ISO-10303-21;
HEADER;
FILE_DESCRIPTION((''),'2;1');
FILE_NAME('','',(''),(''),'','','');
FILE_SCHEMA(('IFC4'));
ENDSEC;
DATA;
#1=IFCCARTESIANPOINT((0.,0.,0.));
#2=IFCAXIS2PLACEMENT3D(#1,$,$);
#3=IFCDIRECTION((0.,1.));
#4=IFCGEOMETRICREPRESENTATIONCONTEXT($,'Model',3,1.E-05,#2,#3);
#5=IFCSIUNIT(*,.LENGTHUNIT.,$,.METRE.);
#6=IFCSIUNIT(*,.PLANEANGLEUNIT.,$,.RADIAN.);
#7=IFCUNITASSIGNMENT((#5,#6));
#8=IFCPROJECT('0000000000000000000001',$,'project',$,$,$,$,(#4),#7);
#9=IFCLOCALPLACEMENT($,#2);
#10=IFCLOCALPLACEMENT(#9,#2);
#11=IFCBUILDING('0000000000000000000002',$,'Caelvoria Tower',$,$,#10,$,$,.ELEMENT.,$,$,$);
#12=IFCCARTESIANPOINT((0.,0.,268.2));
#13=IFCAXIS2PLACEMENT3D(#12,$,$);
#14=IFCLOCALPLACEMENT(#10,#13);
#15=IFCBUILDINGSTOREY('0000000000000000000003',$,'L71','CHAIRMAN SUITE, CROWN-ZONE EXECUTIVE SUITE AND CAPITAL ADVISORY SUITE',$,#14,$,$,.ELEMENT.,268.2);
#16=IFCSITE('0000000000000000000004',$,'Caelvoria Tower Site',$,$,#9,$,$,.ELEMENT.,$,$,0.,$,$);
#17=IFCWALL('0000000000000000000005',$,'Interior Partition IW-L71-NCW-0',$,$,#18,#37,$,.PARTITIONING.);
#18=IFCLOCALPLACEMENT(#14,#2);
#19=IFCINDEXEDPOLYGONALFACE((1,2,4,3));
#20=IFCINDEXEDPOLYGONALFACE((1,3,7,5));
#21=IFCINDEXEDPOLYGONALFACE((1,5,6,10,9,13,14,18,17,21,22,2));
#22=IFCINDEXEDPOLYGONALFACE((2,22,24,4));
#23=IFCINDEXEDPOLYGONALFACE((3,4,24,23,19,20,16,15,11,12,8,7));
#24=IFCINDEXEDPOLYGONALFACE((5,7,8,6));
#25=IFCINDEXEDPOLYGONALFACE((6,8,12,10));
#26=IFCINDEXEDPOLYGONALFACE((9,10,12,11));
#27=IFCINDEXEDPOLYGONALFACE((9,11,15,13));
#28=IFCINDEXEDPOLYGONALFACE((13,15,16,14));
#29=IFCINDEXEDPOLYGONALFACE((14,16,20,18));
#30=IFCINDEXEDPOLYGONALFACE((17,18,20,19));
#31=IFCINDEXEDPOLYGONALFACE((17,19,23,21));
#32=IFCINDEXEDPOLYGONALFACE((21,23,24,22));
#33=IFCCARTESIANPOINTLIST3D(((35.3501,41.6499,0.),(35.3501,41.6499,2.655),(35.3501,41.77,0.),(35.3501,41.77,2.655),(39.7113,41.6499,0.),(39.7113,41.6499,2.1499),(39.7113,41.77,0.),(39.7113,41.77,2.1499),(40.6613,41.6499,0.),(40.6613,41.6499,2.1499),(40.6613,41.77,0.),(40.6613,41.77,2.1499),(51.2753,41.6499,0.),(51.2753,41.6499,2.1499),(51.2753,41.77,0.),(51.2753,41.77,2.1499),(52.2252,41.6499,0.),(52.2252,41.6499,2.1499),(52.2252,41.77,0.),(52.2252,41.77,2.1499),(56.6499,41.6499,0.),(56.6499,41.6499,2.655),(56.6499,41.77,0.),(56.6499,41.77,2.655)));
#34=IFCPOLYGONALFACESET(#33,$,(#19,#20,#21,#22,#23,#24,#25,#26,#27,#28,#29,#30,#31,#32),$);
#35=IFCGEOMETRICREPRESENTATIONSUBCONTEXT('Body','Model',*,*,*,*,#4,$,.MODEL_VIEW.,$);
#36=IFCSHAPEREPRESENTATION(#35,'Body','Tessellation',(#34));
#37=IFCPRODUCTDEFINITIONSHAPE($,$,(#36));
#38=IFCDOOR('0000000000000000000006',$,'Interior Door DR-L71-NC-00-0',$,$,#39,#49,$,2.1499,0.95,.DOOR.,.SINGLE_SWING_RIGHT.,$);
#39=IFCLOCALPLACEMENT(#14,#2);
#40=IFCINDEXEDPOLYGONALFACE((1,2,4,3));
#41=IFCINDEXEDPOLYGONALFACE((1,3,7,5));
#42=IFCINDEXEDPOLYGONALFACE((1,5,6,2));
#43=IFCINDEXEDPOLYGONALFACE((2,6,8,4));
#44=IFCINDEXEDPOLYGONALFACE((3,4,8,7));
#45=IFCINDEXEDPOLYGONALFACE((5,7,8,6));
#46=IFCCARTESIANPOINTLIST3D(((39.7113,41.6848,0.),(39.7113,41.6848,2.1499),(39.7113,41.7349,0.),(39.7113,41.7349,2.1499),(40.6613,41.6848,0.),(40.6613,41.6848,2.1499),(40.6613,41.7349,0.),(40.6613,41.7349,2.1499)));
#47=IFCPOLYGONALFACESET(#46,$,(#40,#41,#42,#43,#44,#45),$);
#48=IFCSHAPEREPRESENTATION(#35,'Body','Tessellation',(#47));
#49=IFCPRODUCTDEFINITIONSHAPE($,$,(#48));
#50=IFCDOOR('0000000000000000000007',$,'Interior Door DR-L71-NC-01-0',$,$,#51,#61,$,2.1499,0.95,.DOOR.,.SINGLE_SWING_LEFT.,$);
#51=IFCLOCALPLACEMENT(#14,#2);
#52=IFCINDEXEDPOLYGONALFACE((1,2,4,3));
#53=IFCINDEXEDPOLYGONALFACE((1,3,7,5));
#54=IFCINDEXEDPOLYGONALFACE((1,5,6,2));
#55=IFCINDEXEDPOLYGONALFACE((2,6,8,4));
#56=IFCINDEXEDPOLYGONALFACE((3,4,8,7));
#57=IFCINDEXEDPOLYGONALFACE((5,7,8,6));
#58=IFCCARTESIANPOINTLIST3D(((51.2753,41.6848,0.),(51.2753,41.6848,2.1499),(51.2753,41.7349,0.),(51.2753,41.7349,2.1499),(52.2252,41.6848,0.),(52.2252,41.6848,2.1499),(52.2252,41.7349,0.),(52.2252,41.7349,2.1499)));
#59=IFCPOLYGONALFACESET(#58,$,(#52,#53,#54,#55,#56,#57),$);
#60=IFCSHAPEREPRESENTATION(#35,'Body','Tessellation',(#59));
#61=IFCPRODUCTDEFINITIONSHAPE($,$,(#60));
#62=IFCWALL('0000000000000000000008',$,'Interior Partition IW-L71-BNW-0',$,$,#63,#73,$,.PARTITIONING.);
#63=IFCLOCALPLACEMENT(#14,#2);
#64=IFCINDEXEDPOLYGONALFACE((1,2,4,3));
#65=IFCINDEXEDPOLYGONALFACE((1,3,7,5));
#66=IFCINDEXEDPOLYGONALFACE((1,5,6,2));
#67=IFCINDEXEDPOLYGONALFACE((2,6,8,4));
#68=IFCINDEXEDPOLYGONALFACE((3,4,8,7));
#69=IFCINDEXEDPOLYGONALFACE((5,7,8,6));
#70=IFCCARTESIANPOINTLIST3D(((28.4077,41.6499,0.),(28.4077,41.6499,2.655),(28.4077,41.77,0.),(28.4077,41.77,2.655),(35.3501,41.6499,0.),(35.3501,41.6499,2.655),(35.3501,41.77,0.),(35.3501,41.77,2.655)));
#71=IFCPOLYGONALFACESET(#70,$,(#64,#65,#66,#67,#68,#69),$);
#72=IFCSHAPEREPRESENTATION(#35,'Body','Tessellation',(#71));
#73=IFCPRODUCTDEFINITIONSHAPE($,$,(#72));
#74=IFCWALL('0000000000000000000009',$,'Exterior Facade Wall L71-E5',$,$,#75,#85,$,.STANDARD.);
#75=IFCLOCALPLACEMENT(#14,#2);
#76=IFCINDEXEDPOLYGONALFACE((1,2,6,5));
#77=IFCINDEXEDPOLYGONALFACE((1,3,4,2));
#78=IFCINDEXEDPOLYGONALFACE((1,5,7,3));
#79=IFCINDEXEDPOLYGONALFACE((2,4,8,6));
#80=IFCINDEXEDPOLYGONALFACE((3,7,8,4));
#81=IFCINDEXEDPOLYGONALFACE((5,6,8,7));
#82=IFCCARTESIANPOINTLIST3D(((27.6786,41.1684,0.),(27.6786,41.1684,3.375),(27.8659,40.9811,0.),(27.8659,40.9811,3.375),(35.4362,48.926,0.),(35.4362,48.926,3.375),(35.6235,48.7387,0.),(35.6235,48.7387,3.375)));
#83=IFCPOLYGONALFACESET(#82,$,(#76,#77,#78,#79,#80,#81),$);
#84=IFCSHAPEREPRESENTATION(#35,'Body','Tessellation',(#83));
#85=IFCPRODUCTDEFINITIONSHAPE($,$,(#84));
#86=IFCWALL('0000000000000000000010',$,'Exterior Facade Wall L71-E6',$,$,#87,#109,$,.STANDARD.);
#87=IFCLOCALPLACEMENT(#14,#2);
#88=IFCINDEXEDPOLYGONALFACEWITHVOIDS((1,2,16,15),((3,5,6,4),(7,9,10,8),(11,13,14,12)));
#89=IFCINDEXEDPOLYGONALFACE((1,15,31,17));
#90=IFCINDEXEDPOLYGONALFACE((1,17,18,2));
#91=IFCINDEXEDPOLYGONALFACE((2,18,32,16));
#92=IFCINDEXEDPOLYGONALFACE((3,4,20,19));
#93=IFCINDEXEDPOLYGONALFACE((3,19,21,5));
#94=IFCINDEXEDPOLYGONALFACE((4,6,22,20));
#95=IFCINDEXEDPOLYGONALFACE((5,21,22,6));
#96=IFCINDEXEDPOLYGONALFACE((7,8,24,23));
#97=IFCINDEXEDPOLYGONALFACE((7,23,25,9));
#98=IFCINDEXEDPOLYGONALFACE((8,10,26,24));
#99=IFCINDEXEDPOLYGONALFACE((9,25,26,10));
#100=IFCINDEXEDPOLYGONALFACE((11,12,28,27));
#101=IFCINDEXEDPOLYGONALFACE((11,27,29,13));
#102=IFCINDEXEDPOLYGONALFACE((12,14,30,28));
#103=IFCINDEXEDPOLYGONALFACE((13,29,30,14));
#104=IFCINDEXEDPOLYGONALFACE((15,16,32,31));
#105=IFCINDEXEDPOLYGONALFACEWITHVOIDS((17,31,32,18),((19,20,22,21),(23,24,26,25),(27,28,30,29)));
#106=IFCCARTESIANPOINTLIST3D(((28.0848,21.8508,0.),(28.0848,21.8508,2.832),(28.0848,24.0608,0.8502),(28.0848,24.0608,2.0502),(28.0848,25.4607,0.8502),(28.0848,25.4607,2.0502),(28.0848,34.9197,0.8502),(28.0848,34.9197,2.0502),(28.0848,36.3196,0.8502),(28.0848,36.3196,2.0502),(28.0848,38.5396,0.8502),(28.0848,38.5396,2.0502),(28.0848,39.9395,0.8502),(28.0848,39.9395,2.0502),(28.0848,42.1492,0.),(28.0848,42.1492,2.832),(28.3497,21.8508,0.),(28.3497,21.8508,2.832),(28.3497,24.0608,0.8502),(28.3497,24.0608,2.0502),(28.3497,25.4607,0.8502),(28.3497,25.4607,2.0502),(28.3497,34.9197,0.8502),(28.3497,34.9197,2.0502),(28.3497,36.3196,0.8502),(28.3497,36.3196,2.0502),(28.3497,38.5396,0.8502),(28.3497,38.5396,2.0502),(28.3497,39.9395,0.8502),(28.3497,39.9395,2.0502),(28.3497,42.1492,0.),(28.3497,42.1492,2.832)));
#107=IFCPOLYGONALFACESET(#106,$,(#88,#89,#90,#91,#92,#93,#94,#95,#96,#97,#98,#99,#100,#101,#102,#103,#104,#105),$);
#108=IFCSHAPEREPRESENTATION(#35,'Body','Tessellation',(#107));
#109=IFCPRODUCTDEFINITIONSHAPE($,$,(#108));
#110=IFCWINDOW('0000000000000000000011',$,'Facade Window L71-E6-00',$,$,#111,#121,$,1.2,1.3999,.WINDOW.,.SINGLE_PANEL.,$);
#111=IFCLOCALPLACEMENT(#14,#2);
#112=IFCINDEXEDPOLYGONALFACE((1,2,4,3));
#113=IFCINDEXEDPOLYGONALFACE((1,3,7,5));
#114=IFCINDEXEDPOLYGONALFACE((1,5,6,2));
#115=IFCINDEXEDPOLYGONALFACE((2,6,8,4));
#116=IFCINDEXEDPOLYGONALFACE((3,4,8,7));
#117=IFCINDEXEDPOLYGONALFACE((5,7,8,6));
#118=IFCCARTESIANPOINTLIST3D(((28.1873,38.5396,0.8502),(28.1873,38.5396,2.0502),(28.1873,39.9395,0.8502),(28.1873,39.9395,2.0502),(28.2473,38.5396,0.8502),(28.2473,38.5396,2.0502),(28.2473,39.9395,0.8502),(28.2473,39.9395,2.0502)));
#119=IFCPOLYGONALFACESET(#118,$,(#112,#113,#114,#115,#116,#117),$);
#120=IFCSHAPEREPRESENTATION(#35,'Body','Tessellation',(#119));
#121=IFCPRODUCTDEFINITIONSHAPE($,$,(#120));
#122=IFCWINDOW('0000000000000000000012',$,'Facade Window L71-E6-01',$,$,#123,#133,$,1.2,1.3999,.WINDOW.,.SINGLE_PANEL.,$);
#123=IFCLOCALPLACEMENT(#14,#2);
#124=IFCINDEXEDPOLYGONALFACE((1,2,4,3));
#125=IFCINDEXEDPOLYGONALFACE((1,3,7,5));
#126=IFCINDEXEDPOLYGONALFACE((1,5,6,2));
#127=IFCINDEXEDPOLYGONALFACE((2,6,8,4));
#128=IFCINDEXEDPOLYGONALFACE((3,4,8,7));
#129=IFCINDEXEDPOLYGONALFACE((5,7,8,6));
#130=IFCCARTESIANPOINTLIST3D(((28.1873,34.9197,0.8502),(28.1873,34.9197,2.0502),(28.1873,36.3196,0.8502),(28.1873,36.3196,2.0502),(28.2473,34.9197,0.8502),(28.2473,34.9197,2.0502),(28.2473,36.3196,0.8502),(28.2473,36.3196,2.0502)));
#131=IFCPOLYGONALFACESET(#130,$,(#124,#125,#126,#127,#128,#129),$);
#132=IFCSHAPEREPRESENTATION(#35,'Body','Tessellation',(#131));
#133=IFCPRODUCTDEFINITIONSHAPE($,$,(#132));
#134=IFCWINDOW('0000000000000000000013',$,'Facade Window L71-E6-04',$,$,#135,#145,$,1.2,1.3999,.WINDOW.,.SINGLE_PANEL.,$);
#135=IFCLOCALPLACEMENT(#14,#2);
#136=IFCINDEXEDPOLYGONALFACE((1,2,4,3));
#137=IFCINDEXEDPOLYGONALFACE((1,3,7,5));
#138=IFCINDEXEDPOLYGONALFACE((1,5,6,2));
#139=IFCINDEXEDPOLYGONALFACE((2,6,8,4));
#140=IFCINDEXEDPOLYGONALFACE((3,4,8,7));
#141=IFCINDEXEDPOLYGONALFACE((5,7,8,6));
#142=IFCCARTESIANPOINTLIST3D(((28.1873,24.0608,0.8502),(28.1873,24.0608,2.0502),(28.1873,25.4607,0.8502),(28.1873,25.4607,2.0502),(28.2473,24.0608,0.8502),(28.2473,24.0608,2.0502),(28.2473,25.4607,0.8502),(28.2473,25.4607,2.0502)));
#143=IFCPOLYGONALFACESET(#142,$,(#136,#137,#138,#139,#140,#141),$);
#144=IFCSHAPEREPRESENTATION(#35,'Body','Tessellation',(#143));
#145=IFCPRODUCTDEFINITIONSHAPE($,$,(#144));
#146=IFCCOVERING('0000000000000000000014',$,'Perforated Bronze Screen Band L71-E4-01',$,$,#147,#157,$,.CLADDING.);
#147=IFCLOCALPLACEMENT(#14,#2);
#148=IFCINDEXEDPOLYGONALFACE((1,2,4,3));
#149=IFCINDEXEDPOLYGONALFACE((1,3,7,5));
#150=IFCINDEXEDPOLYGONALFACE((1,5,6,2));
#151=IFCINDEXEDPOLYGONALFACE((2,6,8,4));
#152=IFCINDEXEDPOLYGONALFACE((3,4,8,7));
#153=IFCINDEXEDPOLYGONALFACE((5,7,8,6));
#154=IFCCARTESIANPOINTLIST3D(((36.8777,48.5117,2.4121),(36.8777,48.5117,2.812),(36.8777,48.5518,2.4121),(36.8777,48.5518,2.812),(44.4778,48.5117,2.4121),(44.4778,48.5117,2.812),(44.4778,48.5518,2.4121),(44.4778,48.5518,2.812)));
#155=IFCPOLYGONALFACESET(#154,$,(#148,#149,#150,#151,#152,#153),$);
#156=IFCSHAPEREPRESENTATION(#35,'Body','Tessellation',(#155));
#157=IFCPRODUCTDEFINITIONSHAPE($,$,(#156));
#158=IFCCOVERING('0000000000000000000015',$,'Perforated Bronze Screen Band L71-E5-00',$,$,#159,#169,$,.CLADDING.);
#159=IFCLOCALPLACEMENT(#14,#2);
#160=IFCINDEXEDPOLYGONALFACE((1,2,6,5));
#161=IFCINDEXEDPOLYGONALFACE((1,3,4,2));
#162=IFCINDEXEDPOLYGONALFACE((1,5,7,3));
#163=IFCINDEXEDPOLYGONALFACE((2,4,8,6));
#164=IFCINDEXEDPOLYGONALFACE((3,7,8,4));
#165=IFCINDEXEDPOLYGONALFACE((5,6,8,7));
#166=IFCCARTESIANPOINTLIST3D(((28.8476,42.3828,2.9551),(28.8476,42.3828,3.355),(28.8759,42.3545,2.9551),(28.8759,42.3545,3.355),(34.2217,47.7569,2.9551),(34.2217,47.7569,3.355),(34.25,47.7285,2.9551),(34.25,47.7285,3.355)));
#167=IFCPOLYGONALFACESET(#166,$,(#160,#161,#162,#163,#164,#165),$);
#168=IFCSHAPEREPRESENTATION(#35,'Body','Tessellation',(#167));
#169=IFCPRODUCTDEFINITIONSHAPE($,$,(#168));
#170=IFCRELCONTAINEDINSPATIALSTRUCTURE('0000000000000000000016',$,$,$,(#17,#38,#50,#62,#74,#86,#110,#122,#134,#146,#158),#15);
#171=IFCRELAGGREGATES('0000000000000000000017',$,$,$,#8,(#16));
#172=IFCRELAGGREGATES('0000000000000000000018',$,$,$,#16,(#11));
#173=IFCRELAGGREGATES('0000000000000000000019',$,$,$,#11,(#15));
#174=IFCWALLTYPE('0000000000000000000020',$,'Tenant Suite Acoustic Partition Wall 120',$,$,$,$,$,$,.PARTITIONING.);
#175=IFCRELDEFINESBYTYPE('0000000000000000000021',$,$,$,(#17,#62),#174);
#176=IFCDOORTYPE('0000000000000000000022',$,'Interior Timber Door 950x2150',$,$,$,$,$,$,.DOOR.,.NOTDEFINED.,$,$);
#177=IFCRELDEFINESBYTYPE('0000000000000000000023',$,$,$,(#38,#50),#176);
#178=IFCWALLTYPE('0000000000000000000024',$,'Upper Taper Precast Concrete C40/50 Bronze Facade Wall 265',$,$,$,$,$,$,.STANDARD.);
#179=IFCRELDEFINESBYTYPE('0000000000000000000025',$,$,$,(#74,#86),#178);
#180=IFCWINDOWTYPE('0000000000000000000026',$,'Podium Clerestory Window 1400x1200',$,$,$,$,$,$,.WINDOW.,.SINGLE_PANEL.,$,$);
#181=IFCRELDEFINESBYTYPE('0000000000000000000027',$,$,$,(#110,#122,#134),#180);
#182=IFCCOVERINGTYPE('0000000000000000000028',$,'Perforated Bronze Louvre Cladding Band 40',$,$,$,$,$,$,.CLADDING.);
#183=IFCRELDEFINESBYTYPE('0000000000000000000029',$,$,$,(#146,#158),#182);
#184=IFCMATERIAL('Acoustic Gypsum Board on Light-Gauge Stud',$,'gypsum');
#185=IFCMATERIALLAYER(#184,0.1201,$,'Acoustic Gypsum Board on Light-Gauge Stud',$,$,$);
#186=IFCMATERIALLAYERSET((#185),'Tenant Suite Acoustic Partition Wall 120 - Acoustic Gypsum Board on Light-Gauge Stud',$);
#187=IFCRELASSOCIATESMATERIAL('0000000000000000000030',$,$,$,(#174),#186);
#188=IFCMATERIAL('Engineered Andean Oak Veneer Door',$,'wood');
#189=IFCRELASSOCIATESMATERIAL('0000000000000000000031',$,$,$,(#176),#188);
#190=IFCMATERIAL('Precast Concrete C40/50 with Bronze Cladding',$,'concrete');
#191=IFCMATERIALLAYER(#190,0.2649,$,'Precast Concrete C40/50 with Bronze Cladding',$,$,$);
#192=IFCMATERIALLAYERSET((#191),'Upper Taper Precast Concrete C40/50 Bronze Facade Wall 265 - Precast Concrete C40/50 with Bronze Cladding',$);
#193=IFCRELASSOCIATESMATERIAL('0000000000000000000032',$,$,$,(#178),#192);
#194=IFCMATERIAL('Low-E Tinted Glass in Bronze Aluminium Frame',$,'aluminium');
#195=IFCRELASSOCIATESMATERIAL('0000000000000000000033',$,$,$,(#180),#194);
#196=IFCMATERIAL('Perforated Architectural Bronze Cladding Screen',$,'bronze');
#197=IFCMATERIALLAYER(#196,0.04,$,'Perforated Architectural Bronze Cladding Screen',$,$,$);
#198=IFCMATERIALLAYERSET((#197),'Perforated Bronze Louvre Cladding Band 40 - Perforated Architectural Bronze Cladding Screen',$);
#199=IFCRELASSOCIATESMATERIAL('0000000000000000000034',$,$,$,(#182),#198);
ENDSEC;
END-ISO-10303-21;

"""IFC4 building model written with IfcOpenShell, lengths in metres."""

from ifc_helpers import new_model, si_unit, direction, frame, frame_2d, origin, origin_2d, place, context, subcontext, project, spatial, rectangle, extrude, material, layer, layer_set, type_object, element, fill, save


model = new_model("IFC4")

# Units and contexts
model_context = context("Model", 3, precision=1e-05, world=origin(), true_north=direction((0.0, 1.0)))
body_context = subcontext(model_context, "Body", "Model", "MODEL_VIEW")
ifc_project = project(units=[si_unit("LENGTHUNIT", "METRE"), si_unit("PLANEANGLEUNIT", "RADIAN")], contexts=[model_context])

# Site, building, storey
site_placement = place(None, origin())
site = spatial("IfcSite", under=ifc_project, at=site_placement, Name="Caelvoria Tower Site", CompositionType="ELEMENT", RefElevation=0.0)
building_placement = place(site_placement, origin())
building = spatial("IfcBuilding", under=site, at=building_placement, Name="Caelvoria Tower", CompositionType="ELEMENT")
storey_placement = place(building_placement, frame((0.0, 0.0, 268.2)))
storey = spatial("IfcBuildingStorey", under=building, at=storey_placement, Name="L71", Description="CHAIRMAN SUITE, CROWN-ZONE EXECUTIVE SUITE AND CAPITAL ADVISORY SUITE", CompositionType="ELEMENT", Elevation=268.2)

# Shared definitions
ifc_material_1 = material(Name="Acoustic Gypsum Board on Light-Gauge Stud", Category="gypsum")
ifc_layer_1 = layer(ifc_material_1, 0.1201, Name="Acoustic Gypsum Board on Light-Gauge Stud")
ifc_layer_set_1 = layer_set([ifc_layer_1], Name="Tenant Suite Acoustic Partition Wall 120 - Acoustic Gypsum Board on Light-Gauge Stud")
wall_type_1 = type_object("IfcWallType", Name="Tenant Suite Acoustic Partition Wall 120", PredefinedType="PARTITIONING", material=ifc_layer_set_1)
ifc_material_2 = material(Name="Engineered Andean Oak Veneer Door", Category="wood")

# Wall, openings, doors
wall_1_placement = place(storey_placement, frame((35.3501, 41.71, 0.0), z_axis=(0.0, 0.0, 1.0), x_axis=(1.0, 0.0, 0.0)))
wall_1 = element("IfcWall", 1, at=wall_1_placement, inside=storey, type_object=wall_type_1, Name="Interior Partition IW-L71-NCW-0", PredefinedType="PARTITIONING", context=body_context, shape_type="SweptSolid", body=[
    extrude(rectangle(XDim=21.2998, YDim=0.1201, at=frame_2d((10.6499, 0.0))), origin(), (0.0, 0.0, 1.0), 2.655),
])
opening_1_placement = place(wall_1_placement, frame((4.3611, 0.0, 0.0)))
opening_1 = element("IfcOpeningElement", 2, at=opening_1_placement, cuts=wall_1, PredefinedType="OPENING", context=body_context, shape_type="SweptSolid", body=[
    extrude(rectangle(XDim=0.95, YDim=2.1499, at=frame_2d((0.4751, 1.075))), frame((0.0, 0.0701, 0.0), z_axis=(0.0, -1.0, 0.0), x_axis=(1.0, 0.0, 0.0)), (0.0, 0.0, 1.0), 0.1401),
])
opening_2_placement = place(wall_1_placement, frame((15.925, 0.0, 0.0)))
opening_2 = element("IfcOpeningElement", 3, at=opening_2_placement, cuts=wall_1, PredefinedType="OPENING", context=body_context, shape_type="SweptSolid", body=[
    extrude(rectangle(XDim=0.95, YDim=2.1499, at=frame_2d((0.4751, 1.075))), frame((0.0, 0.0701, 0.0), z_axis=(0.0, -1.0, 0.0), x_axis=(1.0, 0.0, 0.0)), (0.0, 0.0, 1.0), 0.1401),
])
door_type_1 = type_object("IfcDoorType", Name="Interior Timber Door 950x2150", OperationType="NOTDEFINED", PredefinedType="DOOR", material=ifc_material_2)
door_1_placement = place(opening_1_placement, origin())
door_1 = element("IfcDoor", 4, at=door_1_placement, inside=storey, type_object=door_type_1, Name="Interior Door DR-L71-NC-00-0", OperationType="SINGLE_SWING_RIGHT", OverallHeight=2.1499, OverallWidth=0.95, PredefinedType="DOOR", context=body_context, shape_type="SweptSolid", body=[
    extrude(rectangle(XDim=0.95, YDim=2.1499, at=frame_2d((0.4751, 1.075))), frame((0.0, 0.0249, 0.0), z_axis=(0.0, -1.0, 0.0), x_axis=(1.0, 0.0, 0.0)), (0.0, 0.0, 1.0), 0.05),
])
fill(opening_1, door_1)
door_2_placement = place(opening_2_placement, origin())
door_2 = element("IfcDoor", 5, at=door_2_placement, inside=storey, type_object=door_type_1, Name="Interior Door DR-L71-NC-01-0", OperationType="SINGLE_SWING_LEFT", OverallHeight=2.1499, OverallWidth=0.95, PredefinedType="DOOR", context=body_context, shape_type="SweptSolid", body=[
    extrude(rectangle(XDim=0.95, YDim=2.1499, at=frame_2d((0.4751, 1.075))), frame((0.0, 0.0249, 0.0), z_axis=(0.0, -1.0, 0.0), x_axis=(1.0, 0.0, 0.0)), (0.0, 0.0, 1.0), 0.05),
])
fill(opening_2, door_2)

# Walls
wall_2_placement = place(storey_placement, frame((35.3501, 41.71, 0.0), z_axis=(0.0, 0.0, 1.0), x_axis=(-1.0, 0.0, 0.0)))
element("IfcWall", 6, at=wall_2_placement, inside=storey, type_object=wall_type_1, Name="Interior Partition IW-L71-BNW-0", PredefinedType="PARTITIONING", context=body_context, shape_type="SweptSolid", body=[
    extrude(rectangle(XDim=6.9424, YDim=0.1201, at=frame_2d((3.4712, 0.0))), origin(), (0.0, 0.0, 1.0), 2.655),
])
ifc_material_3 = material(Name="Precast Concrete C40/50 with Bronze Cladding", Category="concrete")
ifc_layer_2 = layer(ifc_material_3, 0.2649, Name="Precast Concrete C40/50 with Bronze Cladding")
ifc_layer_set_2 = layer_set([ifc_layer_2], Name="Upper Taper Precast Concrete C40/50 Bronze Facade Wall 265 - Precast Concrete C40/50 with Bronze Cladding")
wall_type_2 = type_object("IfcWallType", Name="Upper Taper Precast Concrete C40/50 Bronze Facade Wall 265", PredefinedType="STANDARD", material=ifc_layer_set_2)
wall_3_placement = place(storey_placement, frame((35.5298, 48.8323, 0.0), z_axis=(0.0, 0.0, 1.0), x_axis=(-0.707107, -0.707107, 0.0)))
element("IfcWall", 7, at=wall_3_placement, inside=storey, type_object=wall_type_2, Name="Exterior Facade Wall L71-E5", PredefinedType="STANDARD", context=body_context, shape_type="SweptSolid", body=[
    extrude(rectangle(XDim=10.9709, YDim=0.2649, at=frame_2d((5.4854, 0.0))), origin(), (0.0, 0.0, 1.0), 3.375),
])

# Wall, openings, windows
wall_4_placement = place(storey_placement, frame((28.2173, 42.1492, 0.0), z_axis=(0.0, 0.0, 1.0), x_axis=(0.0, -1.0, 0.0)))
wall_4 = element("IfcWall", 8, at=wall_4_placement, inside=storey, type_object=wall_type_2, Name="Exterior Facade Wall L71-E6", PredefinedType="STANDARD", context=body_context, shape_type="SweptSolid", body=[
    extrude(rectangle(XDim=20.2983, YDim=0.2649, at=frame_2d((10.1492, 0.0))), origin(), (0.0, 0.0, 1.0), 2.832),
])
opening_3_placement = place(wall_4_placement, frame((2.2097, 0.0, 0.8501)))
opening_3 = element("IfcOpeningElement", 9, at=opening_3_placement, cuts=wall_4, PredefinedType="OPENING", context=body_context, shape_type="SweptSolid", body=[
    extrude(rectangle(XDim=1.3999, YDim=1.2, at=frame_2d((0.7, 0.6001))), frame((0.0, 0.1423, 0.0), z_axis=(0.0, -1.0, 0.0), x_axis=(1.0, 0.0, 0.0)), (0.0, 0.0, 1.0), 0.2849),
])
opening_4_placement = place(wall_4_placement, frame((5.8296, 0.0, 0.8501)))
opening_4 = element("IfcOpeningElement", 10, at=opening_4_placement, cuts=wall_4, PredefinedType="OPENING", context=body_context, shape_type="SweptSolid", body=[
    extrude(rectangle(XDim=1.3999, YDim=1.2, at=frame_2d((0.7, 0.6001))), frame((0.0, 0.1423, 0.0), z_axis=(0.0, -1.0, 0.0), x_axis=(1.0, 0.0, 0.0)), (0.0, 0.0, 1.0), 0.2849),
])
opening_5_placement = place(wall_4_placement, frame((16.6885, 0.0, 0.8501)))
opening_5 = element("IfcOpeningElement", 11, at=opening_5_placement, cuts=wall_4, PredefinedType="OPENING", context=body_context, shape_type="SweptSolid", body=[
    extrude(rectangle(XDim=1.3999, YDim=1.2, at=frame_2d((0.7, 0.6001))), frame((0.0, 0.1423, 0.0), z_axis=(0.0, -1.0, 0.0), x_axis=(1.0, 0.0, 0.0)), (0.0, 0.0, 1.0), 0.2849),
])
ifc_material_4 = material(Name="Low-E Tinted Glass in Bronze Aluminium Frame", Category="aluminium")
window_type = type_object("IfcWindowType", Name="Podium Clerestory Window 1400x1200", PartitioningType="SINGLE_PANEL", PredefinedType="WINDOW", material=ifc_material_4)
window_1_placement = place(opening_3_placement, origin())
window_1 = element("IfcWindow", 12, at=window_1_placement, inside=storey, type_object=window_type, Name="Facade Window L71-E6-00", OverallHeight=1.2, OverallWidth=1.3999, PartitioningType="SINGLE_PANEL", PredefinedType="WINDOW", context=body_context, shape_type="SweptSolid", body=[
    extrude(rectangle(XDim=1.3999, YDim=1.2, at=frame_2d((0.7, 0.6001))), frame((0.0, 0.03, 0.0), z_axis=(0.0, -1.0, 0.0), x_axis=(1.0, 0.0, 0.0)), (0.0, 0.0, 1.0), 0.0601),
])
fill(opening_3, window_1)
window_2_placement = place(opening_4_placement, origin())
window_2 = element("IfcWindow", 13, at=window_2_placement, inside=storey, type_object=window_type, Name="Facade Window L71-E6-01", OverallHeight=1.2, OverallWidth=1.3999, PartitioningType="SINGLE_PANEL", PredefinedType="WINDOW", context=body_context, shape_type="SweptSolid", body=[
    extrude(rectangle(XDim=1.3999, YDim=1.2, at=frame_2d((0.7, 0.6001))), frame((0.0, 0.03, 0.0), z_axis=(0.0, -1.0, 0.0), x_axis=(1.0, 0.0, 0.0)), (0.0, 0.0, 1.0), 0.0601),
])
fill(opening_4, window_2)
window_3_placement = place(opening_5_placement, origin())
window_3 = element("IfcWindow", 14, at=window_3_placement, inside=storey, type_object=window_type, Name="Facade Window L71-E6-04", OverallHeight=1.2, OverallWidth=1.3999, PartitioningType="SINGLE_PANEL", PredefinedType="WINDOW", context=body_context, shape_type="SweptSolid", body=[
    extrude(rectangle(XDim=1.3999, YDim=1.2, at=frame_2d((0.7, 0.6001))), frame((0.0, 0.03, 0.0), z_axis=(0.0, -1.0, 0.0), x_axis=(1.0, 0.0, 0.0)), (0.0, 0.0, 1.0), 0.0601),
])
fill(opening_5, window_3)

# Coverings
ifc_material_5 = material(Name="Perforated Architectural Bronze Cladding Screen", Category="bronze")
ifc_layer_3 = layer(ifc_material_5, 0.04, Name="Perforated Architectural Bronze Cladding Screen")
ifc_layer_set_3 = layer_set([ifc_layer_3], Name="Perforated Bronze Louvre Cladding Band 40 - Perforated Architectural Bronze Cladding Screen")
covering_type = type_object("IfcCoveringType", Name="Perforated Bronze Louvre Cladding Band 40", PredefinedType="CLADDING", material=ifc_layer_set_3)
for number, where, z_axis, x_axis, name in (
    (15, (40.6777, 48.5317, 2.4121), (0.0, 0.0, 1.0), (-1.0, 0.0, 0.0), "Perforated Bronze Screen Band L71-E4-01"),
    (16, (31.5488, 45.0557, 2.9551), (0.0, 0.0, 1.0), (-0.707107, -0.707107, 0.0), "Perforated Bronze Screen Band L71-E5-00"),
):
    element("IfcCovering", number, at=place(storey_placement, frame(where, z_axis=z_axis, x_axis=x_axis)), inside=storey, type_object=covering_type, Name=name, PredefinedType="CLADDING", context=body_context, shape_type="SweptSolid", body=[
        extrude(rectangle(XDim=7.6001, YDim=0.04, at=origin_2d()), origin(), (0.0, 0.0, 1.0), 0.3999),
    ])

save(model, "model.ifc")
